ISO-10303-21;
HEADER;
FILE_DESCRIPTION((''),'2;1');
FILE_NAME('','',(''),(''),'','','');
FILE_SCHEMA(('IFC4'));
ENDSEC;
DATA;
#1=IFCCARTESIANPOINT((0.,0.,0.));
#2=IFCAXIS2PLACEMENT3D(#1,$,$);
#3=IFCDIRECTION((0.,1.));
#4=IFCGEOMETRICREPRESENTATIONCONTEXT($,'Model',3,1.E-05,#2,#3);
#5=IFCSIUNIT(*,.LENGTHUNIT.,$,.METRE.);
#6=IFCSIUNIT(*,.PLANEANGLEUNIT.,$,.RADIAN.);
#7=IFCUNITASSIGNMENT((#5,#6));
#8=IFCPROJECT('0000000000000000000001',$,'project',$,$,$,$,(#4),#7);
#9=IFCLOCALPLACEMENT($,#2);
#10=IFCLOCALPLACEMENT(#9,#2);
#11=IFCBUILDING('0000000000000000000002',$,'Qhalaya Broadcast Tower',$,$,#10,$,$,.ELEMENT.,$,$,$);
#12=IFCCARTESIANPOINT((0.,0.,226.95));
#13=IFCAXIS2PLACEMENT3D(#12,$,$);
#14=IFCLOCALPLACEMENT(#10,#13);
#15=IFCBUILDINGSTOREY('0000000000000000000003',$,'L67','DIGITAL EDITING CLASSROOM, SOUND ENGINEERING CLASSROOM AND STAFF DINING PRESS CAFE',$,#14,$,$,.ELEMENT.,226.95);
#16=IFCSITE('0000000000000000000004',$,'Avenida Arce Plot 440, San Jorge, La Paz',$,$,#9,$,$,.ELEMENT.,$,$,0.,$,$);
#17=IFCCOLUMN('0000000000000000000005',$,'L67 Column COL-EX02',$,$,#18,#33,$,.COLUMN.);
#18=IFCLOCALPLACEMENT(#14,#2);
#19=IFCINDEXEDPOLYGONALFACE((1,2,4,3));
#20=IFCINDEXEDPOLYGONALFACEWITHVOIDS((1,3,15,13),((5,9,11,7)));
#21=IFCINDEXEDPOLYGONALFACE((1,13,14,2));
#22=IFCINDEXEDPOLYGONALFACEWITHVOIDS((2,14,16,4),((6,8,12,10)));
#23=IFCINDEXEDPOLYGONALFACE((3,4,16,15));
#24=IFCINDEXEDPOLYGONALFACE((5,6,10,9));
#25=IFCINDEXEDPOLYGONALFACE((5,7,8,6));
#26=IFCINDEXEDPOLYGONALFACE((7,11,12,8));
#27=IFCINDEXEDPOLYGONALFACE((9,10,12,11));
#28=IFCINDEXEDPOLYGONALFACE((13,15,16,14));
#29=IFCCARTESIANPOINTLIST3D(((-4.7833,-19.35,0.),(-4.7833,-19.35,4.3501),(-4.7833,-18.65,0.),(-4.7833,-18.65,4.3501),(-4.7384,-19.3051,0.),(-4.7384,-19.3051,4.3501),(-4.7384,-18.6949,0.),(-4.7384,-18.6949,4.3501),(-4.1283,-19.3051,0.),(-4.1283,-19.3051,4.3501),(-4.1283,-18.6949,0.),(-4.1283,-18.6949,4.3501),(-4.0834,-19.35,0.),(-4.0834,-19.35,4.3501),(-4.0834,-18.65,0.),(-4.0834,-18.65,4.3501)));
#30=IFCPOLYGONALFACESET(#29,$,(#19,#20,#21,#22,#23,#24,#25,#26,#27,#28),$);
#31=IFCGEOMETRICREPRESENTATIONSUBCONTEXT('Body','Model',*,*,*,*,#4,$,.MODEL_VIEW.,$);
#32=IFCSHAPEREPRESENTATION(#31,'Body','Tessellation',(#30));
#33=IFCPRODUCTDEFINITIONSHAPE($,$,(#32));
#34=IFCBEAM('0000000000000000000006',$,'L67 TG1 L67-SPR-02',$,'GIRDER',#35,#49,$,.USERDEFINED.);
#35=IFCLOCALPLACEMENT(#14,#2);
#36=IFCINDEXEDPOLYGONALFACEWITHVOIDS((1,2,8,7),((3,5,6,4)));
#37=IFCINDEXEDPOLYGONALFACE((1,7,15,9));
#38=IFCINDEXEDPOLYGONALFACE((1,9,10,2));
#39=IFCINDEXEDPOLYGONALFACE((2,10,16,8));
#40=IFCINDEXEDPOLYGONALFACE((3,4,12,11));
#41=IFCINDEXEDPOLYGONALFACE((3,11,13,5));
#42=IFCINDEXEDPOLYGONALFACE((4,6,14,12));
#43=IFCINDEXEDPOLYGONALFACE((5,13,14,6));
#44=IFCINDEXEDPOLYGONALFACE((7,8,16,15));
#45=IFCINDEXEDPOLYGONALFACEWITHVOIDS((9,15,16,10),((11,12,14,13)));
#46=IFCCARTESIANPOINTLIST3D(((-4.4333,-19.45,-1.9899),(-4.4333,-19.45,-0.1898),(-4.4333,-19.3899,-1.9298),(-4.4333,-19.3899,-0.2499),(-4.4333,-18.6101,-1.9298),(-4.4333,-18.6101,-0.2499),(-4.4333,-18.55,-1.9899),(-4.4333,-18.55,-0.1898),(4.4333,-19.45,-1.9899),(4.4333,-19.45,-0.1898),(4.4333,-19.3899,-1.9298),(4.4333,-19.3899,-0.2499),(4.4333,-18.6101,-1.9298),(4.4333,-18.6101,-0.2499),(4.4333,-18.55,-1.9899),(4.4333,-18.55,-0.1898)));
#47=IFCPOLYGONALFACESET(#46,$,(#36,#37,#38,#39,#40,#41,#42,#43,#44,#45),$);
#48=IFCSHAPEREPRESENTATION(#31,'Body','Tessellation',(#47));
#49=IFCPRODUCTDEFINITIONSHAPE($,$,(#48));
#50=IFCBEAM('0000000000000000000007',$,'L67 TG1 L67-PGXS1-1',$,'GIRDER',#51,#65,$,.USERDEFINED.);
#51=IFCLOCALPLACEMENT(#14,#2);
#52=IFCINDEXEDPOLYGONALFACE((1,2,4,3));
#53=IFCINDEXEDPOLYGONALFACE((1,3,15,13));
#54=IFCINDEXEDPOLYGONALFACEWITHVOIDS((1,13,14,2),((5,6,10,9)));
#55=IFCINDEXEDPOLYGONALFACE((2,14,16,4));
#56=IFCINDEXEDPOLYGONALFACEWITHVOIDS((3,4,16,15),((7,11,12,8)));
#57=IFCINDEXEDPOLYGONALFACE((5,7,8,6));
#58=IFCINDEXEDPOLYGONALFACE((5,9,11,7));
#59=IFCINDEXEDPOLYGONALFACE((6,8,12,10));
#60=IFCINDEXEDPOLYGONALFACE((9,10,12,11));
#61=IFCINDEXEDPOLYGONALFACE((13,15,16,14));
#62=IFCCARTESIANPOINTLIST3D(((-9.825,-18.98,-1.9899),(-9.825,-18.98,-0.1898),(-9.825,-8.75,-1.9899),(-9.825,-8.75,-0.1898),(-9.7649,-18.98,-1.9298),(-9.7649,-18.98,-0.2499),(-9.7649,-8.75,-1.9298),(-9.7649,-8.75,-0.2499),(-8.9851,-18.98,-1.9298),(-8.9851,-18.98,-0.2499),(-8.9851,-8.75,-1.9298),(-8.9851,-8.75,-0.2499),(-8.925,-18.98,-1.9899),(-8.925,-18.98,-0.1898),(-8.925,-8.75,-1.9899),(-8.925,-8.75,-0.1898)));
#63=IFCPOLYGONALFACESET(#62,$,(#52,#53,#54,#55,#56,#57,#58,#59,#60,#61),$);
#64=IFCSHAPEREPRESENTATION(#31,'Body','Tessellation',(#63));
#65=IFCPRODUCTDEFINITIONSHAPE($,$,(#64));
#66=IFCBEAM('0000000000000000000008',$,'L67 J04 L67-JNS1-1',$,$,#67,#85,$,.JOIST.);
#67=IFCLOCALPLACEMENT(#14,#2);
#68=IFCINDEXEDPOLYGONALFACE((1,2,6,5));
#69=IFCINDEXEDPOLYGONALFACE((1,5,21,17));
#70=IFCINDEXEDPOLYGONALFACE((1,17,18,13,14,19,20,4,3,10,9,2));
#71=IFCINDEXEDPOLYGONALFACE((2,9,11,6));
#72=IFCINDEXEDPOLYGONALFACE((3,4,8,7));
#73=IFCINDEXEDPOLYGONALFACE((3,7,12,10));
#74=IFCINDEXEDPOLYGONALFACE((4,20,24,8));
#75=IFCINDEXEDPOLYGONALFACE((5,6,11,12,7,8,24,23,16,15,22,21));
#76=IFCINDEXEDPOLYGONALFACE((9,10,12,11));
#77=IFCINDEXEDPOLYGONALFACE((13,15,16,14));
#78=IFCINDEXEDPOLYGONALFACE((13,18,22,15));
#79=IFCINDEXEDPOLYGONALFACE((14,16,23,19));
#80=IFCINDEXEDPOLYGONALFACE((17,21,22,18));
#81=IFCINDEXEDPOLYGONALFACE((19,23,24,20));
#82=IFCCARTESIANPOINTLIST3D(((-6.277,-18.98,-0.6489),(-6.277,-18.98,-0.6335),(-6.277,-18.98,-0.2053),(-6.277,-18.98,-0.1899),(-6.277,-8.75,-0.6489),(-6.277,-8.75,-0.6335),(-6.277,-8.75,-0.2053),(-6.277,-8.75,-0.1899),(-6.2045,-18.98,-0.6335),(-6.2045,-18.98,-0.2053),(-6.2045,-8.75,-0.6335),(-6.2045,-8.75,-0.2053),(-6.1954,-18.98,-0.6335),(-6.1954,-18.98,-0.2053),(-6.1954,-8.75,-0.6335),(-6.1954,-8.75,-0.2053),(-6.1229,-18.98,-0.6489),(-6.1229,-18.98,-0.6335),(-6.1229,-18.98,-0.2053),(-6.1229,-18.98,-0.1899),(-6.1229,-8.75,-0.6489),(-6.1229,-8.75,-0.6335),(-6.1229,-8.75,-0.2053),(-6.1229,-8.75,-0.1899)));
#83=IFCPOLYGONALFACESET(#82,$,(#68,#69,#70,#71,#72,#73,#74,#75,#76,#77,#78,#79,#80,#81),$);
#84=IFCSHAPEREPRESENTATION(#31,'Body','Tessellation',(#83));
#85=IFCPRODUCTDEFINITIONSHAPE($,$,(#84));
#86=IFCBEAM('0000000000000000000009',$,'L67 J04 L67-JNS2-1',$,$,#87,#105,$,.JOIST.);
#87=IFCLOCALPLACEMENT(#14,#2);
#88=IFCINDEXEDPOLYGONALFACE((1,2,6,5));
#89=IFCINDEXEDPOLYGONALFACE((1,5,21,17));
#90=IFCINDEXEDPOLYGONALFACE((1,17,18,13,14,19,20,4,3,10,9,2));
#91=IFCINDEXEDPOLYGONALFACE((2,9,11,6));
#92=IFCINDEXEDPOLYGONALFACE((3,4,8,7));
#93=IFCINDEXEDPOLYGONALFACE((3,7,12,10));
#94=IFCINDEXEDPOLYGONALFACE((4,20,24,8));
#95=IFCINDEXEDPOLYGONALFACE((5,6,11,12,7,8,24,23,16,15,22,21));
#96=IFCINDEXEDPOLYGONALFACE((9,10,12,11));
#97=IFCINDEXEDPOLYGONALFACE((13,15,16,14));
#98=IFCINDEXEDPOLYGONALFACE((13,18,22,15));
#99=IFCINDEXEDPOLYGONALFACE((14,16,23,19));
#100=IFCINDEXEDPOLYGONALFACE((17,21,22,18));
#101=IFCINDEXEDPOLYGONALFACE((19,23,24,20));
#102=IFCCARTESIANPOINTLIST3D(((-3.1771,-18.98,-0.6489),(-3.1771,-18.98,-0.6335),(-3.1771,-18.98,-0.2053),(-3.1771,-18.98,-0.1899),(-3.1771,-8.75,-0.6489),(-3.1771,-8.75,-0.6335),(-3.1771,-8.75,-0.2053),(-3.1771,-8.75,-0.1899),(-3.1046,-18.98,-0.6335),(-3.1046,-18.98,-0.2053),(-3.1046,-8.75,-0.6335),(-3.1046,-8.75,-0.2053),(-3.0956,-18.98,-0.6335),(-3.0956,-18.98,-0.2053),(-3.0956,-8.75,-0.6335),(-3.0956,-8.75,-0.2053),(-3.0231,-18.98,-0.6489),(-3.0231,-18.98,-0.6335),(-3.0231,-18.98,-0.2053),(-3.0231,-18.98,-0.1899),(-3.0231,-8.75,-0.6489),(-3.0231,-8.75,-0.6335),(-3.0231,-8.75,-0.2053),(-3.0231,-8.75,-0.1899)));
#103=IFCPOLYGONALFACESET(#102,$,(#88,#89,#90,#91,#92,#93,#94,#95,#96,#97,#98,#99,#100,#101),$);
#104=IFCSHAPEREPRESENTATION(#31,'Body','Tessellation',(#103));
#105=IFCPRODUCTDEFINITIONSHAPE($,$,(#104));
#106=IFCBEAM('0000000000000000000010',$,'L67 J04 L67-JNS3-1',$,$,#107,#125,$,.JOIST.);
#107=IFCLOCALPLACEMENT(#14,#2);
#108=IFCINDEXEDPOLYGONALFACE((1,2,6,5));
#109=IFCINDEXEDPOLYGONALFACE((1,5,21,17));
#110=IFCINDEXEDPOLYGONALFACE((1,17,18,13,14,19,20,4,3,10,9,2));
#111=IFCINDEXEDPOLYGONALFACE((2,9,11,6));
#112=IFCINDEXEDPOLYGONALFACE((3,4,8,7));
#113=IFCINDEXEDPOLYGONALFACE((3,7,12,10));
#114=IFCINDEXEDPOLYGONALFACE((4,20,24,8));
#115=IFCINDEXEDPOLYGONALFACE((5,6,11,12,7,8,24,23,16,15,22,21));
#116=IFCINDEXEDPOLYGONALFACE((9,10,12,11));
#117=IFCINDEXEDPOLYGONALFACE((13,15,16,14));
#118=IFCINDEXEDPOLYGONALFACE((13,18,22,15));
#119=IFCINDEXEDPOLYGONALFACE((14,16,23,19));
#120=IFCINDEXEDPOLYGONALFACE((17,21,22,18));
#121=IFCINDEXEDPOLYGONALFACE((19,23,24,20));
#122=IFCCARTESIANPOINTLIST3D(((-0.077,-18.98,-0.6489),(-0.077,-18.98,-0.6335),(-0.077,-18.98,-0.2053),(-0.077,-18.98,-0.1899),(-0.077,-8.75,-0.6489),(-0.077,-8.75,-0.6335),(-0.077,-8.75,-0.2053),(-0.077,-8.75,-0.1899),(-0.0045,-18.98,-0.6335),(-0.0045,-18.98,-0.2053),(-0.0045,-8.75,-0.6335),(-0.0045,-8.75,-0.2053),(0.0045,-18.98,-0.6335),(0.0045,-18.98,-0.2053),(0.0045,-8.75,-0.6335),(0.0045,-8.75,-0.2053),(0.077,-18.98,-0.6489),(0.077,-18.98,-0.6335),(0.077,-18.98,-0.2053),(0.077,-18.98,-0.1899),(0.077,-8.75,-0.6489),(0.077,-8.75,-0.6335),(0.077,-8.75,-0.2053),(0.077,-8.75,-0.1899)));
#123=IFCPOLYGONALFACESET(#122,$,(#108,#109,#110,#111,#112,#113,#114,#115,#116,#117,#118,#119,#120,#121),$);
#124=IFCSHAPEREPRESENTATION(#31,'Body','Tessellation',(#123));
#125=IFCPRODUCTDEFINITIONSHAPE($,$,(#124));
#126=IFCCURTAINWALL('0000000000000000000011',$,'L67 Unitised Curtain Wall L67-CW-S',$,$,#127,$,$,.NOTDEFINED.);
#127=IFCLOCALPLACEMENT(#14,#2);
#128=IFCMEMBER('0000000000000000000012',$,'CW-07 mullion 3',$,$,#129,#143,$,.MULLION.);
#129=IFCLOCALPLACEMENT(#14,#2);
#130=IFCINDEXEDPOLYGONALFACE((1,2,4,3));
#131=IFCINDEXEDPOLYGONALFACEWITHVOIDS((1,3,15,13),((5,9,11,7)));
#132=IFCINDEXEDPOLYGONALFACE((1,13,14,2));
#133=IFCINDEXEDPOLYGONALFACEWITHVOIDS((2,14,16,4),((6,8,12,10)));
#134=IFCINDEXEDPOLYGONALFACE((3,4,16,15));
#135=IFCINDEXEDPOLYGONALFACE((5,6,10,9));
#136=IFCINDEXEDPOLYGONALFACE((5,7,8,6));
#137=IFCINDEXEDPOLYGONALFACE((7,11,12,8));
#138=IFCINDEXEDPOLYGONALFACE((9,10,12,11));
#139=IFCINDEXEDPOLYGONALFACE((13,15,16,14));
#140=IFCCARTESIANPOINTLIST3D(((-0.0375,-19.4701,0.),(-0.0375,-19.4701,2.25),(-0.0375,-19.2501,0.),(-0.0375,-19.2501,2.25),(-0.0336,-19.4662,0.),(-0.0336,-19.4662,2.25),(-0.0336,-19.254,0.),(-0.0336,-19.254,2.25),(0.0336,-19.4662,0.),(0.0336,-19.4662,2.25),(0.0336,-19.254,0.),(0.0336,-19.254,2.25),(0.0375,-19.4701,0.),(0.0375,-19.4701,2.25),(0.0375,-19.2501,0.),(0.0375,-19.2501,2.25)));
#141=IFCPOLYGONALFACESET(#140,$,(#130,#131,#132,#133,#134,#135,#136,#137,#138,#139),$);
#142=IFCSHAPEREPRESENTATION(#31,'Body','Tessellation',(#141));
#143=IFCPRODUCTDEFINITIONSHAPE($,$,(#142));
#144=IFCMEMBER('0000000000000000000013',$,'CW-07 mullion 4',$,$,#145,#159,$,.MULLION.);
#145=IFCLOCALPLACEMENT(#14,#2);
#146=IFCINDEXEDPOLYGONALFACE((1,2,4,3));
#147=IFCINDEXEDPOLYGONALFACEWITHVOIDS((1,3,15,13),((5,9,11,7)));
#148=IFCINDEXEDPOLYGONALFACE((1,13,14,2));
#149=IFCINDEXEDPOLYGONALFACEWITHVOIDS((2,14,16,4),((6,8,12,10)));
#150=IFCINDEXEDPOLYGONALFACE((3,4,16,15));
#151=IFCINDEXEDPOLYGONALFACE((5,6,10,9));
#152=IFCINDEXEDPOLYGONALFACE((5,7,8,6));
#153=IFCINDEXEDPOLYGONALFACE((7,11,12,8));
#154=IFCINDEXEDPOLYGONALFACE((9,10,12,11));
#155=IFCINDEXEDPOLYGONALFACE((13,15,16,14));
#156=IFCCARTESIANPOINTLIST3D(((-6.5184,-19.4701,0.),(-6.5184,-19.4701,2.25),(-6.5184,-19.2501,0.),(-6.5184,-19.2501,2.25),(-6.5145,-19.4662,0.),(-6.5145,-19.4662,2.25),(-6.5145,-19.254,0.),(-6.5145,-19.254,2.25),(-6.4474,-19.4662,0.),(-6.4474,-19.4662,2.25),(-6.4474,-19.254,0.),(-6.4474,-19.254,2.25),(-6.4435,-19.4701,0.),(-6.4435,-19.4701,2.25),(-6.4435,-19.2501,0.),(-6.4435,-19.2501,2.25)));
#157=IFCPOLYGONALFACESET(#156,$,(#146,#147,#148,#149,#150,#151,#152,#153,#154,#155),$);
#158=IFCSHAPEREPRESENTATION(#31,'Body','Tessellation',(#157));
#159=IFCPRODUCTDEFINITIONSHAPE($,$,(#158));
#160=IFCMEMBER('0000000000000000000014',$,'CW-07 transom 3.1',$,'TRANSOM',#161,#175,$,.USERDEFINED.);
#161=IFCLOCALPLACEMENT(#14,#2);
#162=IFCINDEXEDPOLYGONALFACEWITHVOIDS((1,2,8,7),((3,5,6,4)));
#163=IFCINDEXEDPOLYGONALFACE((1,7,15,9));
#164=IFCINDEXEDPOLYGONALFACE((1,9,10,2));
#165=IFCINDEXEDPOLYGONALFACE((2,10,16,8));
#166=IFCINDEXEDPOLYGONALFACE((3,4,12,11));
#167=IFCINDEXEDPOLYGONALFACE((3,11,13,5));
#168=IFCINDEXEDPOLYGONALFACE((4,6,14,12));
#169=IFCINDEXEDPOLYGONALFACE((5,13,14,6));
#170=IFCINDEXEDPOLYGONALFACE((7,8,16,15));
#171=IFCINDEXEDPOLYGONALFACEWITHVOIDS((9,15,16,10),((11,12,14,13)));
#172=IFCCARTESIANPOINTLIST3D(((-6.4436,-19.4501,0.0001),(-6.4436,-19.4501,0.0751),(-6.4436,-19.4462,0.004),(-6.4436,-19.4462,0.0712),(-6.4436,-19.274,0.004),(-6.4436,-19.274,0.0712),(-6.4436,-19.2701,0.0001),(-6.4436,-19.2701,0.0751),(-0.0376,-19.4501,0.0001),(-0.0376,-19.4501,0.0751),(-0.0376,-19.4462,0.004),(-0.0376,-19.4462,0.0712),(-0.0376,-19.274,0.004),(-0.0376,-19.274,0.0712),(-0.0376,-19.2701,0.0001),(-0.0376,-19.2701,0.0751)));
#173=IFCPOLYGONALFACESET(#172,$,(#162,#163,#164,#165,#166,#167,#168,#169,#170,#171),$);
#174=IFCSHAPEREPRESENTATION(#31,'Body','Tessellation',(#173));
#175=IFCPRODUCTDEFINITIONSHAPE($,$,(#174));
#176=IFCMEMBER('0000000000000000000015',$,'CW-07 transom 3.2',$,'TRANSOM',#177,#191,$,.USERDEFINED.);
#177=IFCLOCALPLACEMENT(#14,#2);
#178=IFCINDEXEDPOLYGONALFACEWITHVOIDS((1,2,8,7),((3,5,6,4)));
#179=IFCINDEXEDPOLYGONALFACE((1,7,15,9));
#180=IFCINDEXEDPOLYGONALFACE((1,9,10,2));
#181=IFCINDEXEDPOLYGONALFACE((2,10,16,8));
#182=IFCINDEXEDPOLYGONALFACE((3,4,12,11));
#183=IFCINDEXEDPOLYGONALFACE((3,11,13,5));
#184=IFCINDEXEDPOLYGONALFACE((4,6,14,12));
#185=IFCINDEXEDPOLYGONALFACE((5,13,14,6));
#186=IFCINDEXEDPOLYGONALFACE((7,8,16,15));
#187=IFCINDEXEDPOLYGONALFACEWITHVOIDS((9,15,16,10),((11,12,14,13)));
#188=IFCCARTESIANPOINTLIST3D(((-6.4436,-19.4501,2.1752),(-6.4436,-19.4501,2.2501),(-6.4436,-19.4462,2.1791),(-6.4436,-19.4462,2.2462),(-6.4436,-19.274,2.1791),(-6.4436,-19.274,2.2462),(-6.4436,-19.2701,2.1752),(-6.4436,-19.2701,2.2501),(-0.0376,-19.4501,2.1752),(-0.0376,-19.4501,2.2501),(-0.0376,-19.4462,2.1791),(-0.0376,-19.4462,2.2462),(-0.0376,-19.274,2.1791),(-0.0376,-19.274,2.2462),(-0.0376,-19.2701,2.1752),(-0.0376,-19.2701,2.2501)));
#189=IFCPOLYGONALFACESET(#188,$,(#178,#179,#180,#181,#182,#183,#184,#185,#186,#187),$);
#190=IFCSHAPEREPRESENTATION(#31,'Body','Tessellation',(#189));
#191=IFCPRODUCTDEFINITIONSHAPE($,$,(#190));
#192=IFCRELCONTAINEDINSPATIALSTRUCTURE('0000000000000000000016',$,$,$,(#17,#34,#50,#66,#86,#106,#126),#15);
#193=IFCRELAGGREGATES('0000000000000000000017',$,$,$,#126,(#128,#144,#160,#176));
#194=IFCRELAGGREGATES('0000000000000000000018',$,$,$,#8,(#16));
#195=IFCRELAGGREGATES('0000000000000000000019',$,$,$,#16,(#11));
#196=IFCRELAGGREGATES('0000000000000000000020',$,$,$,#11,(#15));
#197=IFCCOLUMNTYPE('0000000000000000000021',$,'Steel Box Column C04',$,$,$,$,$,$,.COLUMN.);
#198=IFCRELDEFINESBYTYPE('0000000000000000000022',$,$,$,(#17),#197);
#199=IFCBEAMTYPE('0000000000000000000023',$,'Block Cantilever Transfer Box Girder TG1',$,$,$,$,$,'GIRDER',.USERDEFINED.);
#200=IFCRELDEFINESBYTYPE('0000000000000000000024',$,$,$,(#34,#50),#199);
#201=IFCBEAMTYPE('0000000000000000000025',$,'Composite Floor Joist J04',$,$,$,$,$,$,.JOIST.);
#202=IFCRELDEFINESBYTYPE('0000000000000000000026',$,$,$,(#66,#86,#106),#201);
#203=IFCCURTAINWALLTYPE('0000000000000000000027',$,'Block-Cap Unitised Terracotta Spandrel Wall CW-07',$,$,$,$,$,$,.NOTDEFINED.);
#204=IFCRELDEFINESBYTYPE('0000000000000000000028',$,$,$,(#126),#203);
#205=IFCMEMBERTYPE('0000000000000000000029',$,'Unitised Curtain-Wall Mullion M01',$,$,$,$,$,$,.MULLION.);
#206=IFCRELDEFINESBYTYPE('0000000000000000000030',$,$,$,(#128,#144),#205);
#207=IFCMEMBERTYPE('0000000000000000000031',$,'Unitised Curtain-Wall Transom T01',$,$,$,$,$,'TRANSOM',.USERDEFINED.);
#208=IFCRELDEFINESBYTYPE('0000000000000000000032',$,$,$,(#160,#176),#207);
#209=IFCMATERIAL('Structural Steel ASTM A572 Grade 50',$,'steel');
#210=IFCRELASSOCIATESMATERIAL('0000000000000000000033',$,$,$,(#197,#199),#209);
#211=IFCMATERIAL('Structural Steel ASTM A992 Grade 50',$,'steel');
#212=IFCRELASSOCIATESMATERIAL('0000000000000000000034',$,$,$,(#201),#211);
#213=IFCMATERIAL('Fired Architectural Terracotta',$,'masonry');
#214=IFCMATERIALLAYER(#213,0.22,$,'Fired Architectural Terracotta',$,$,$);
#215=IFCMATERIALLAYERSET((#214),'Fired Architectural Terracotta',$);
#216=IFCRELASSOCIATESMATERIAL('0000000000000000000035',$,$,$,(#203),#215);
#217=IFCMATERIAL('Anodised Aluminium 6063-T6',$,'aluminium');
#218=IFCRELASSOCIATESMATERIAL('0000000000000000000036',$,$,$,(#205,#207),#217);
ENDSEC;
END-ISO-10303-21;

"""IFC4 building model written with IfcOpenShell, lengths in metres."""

from ifc_helpers import new_model, si_unit, direction, frame, origin, origin_2d, place, context, subcontext, project, spatial, hollow_rectangle, i_section, extrude, material, layer, layer_set, material_profile, profile_set, type_object, element, aggregate, save


model = new_model("IFC4")

# Units and contexts
model_context = context("Model", 3, precision=1e-05, world=origin(), true_north=direction((0.0, 1.0)))
body_context = subcontext(model_context, "Body", "Model", "MODEL_VIEW")
ifc_project = project(units=[si_unit("LENGTHUNIT", "METRE"), si_unit("PLANEANGLEUNIT", "RADIAN")], contexts=[model_context])

# Site, building, storey
site_placement = place(None, origin())
site = spatial("IfcSite", under=ifc_project, at=site_placement, Name="Avenida Arce Plot 440, San Jorge, La Paz", CompositionType="ELEMENT", RefElevation=0.0)
building_placement = place(site_placement, origin())
building = spatial("IfcBuilding", under=site, at=building_placement, Name="Qhalaya Broadcast Tower", CompositionType="ELEMENT")
storey_placement = place(building_placement, frame((0.0, 0.0, 226.95)))
storey = spatial("IfcBuildingStorey", under=building, at=storey_placement, Name="L67", Description="DIGITAL EDITING CLASSROOM, SOUND ENGINEERING CLASSROOM AND STAFF DINING PRESS CAFE", CompositionType="ELEMENT", Elevation=226.95)

# Column
ifc_material_1 = material(Name="Structural Steel ASTM A572 Grade 50", Category="steel")
ifc_material_profile_1 = material_profile(ifc_material_1, hollow_rectangle(XDim=0.7, YDim=0.7, WallThickness=0.0449, at=origin_2d()), Name="BOX 700x700x45")
ifc_profile_set_1 = profile_set([ifc_material_profile_1], Name="Structural Steel ASTM A572 Grade 50")
column_type = type_object("IfcColumnType", Name="Steel Box Column C04", PredefinedType="COLUMN", material=ifc_profile_set_1)
column_placement = place(storey_placement, frame((-4.4333, -19.0, 0.0), z_axis=(0.0, 0.0, 1.0), x_axis=(1.0, 0.0, 0.0)))
element("IfcColumn", 1, at=column_placement, inside=storey, type_object=column_type, Name="L67 Column COL-EX02", PredefinedType="COLUMN", context=body_context, shape_type="SweptSolid", body=[
    extrude(hollow_rectangle(XDim=0.7, YDim=0.7, WallThickness=0.0449, at=origin_2d()), origin(), (0.0, 0.0, 1.0), 4.3501),
])

# Beams
ifc_material_profile_2 = material_profile(ifc_material_1, hollow_rectangle(XDim=0.8999, YDim=1.8, WallThickness=0.0601, at=origin_2d()), Name="BOX 900x1800x60")
ifc_profile_set_2 = profile_set([ifc_material_profile_2], Name="Structural Steel ASTM A572 Grade 50")
beam_type_1 = type_object("IfcBeamType", Name="Block Cantilever Transfer Box Girder TG1", ElementType="GIRDER", PredefinedType="USERDEFINED", material=ifc_profile_set_2)
beam_1_placement = place(storey_placement, frame((-4.4333, -19.0, -1.0898), z_axis=(1.0, 0.0, 0.0), x_axis=(0.0, 1.0, 0.0)))
element("IfcBeam", 2, at=beam_1_placement, inside=storey, type_object=beam_type_1, Name="L67 TG1 L67-SPR-02", ObjectType="GIRDER", PredefinedType="USERDEFINED", context=body_context, shape_type="SweptSolid", body=[
    extrude(hollow_rectangle(XDim=0.8999, YDim=1.8, WallThickness=0.0601, at=origin_2d()), origin(), (0.0, 0.0, 1.0), 8.8667),
])
beam_2_placement = place(storey_placement, frame((-9.375, -18.98, -1.0898), z_axis=(0.0, 1.0, 0.0), x_axis=(-1.0, 0.0, 0.0)))
element("IfcBeam", 3, at=beam_2_placement, inside=storey, type_object=beam_type_1, Name="L67 TG1 L67-PGXS1-1", ObjectType="GIRDER", PredefinedType="USERDEFINED", context=body_context, shape_type="SweptSolid", body=[
    extrude(hollow_rectangle(XDim=0.8999, YDim=1.8, WallThickness=0.0601, at=origin_2d()), origin(), (0.0, 0.0, 1.0), 10.23),
])
ifc_material_2 = material(Name="Structural Steel ASTM A992 Grade 50", Category="steel")
ifc_material_profile_3 = material_profile(ifc_material_2, i_section(OverallWidth=0.1541, OverallDepth=0.459, WebThickness=0.009, FlangeThickness=0.0154, at=origin_2d()), Name="W18X46")
ifc_profile_set_3 = profile_set([ifc_material_profile_3], Name="Structural Steel ASTM A992 Grade 50")
beam_type_2 = type_object("IfcBeamType", Name="Composite Floor Joist J04", PredefinedType="JOIST", material=ifc_profile_set_3)
for number, where, z_axis, x_axis, name in (
    (4, (-6.2, -18.98, -0.4194), (0.0, 1.0, 0.0), (-1.0, 0.0, 0.0), "L67 J04 L67-JNS1-1"),
    (5, (-3.1001, -18.98, -0.4194), (0.0, 1.0, 0.0), (-1.0, 0.0, 0.0), "L67 J04 L67-JNS2-1"),
    (6, (0.0, -18.98, -0.4194), (0.0, 1.0, 0.0), (-1.0, 0.0, 0.0), "L67 J04 L67-JNS3-1"),
):
    element("IfcBeam", number, at=place(storey_placement, frame(where, z_axis=z_axis, x_axis=x_axis)), inside=storey, type_object=beam_type_2, Name=name, PredefinedType="JOIST", context=body_context, shape_type="SweptSolid", body=[
        extrude(i_section(OverallWidth=0.1541, OverallDepth=0.459, WebThickness=0.009, FlangeThickness=0.0154, at=origin_2d()), origin(), (0.0, 0.0, 1.0), 10.23),
    ])

# Curtain wall, members
ifc_material_3 = material(Name="Fired Architectural Terracotta", Category="masonry")
ifc_layer_1 = layer(ifc_material_3, 0.22, Name="Fired Architectural Terracotta")
ifc_layer_set_1 = layer_set([ifc_layer_1], Name="Fired Architectural Terracotta")
curtain_wall_type = type_object("IfcCurtainWallType", Name="Block-Cap Unitised Terracotta Spandrel Wall CW-07", PredefinedType="NOTDEFINED", material=ifc_layer_set_1)
curtain_wall_placement = place(storey_placement, origin())
curtain_wall = element("IfcCurtainWall", 7, at=curtain_wall_placement, inside=storey, type_object=curtain_wall_type, Name="L67 Unitised Curtain Wall L67-CW-S", PredefinedType="NOTDEFINED")
ifc_material_4 = material(Name="Anodised Aluminium 6063-T6", Category="aluminium")
ifc_material_profile_4 = material_profile(ifc_material_4, hollow_rectangle(XDim=0.075, YDim=0.22, WallThickness=0.0039, at=origin_2d()), Name="ALU-MUL 75x220x4")
ifc_profile_set_4 = profile_set([ifc_material_profile_4], Name="Anodised Aluminium 6063-T6")
member_type_1 = type_object("IfcMemberType", Name="Unitised Curtain-Wall Mullion M01", PredefinedType="MULLION", material=ifc_profile_set_4)
member_1_placement = place(storey_placement, frame((0.0, -19.3601, 0.0), z_axis=(0.0, 0.0, 1.0), x_axis=(-1.0, 0.0, 0.0)))
member_1 = element("IfcMember", 8, at=member_1_placement, type_object=member_type_1, Name="CW-07 mullion 3", PredefinedType="MULLION", context=body_context, shape_type="SweptSolid", body=[
    extrude(hollow_rectangle(XDim=0.075, YDim=0.22, WallThickness=0.0039, at=origin_2d()), origin(), (0.0, 0.0, 1.0), 2.25),
])
member_2_placement = place(storey_placement, frame((-6.481, -19.3601, 0.0), z_axis=(0.0, 0.0, 1.0), x_axis=(-1.0, 0.0, 0.0)))
member_2 = element("IfcMember", 9, at=member_2_placement, type_object=member_type_1, Name="CW-07 mullion 4", PredefinedType="MULLION", context=body_context, shape_type="SweptSolid", body=[
    extrude(hollow_rectangle(XDim=0.075, YDim=0.22, WallThickness=0.0039, at=origin_2d()), origin(), (0.0, 0.0, 1.0), 2.25),
])
ifc_material_profile_5 = material_profile(ifc_material_4, hollow_rectangle(XDim=0.075, YDim=0.1799, WallThickness=0.0039, at=origin_2d()), Name="ALU-TRN 75x180x4")
ifc_profile_set_5 = profile_set([ifc_material_profile_5], Name="Anodised Aluminium 6063-T6")
member_type_2 = type_object("IfcMemberType", Name="Unitised Curtain-Wall Transom T01", ElementType="TRANSOM", PredefinedType="USERDEFINED", material=ifc_profile_set_5)
member_3_placement = place(storey_placement, frame((-0.0376, -19.3601, 0.0376), z_axis=(-1.0, 0.0, 0.0), x_axis=(0.0, 0.0, 1.0)))
member_3 = element("IfcMember", 10, at=member_3_placement, type_object=member_type_2, Name="CW-07 transom 3.1", ObjectType="TRANSOM", PredefinedType="USERDEFINED", context=body_context, shape_type="SweptSolid", body=[
    extrude(hollow_rectangle(XDim=0.075, YDim=0.1799, WallThickness=0.0039, at=origin_2d()), origin(), (0.0, 0.0, 1.0), 6.406),
])
member_4_placement = place(storey_placement, frame((-0.0376, -19.3601, 2.2126), z_axis=(-1.0, 0.0, 0.0), x_axis=(0.0, 0.0, 1.0)))
member_4 = element("IfcMember", 11, at=member_4_placement, type_object=member_type_2, Name="CW-07 transom 3.2", ObjectType="TRANSOM", PredefinedType="USERDEFINED", context=body_context, shape_type="SweptSolid", body=[
    extrude(hollow_rectangle(XDim=0.075, YDim=0.1799, WallThickness=0.0039, at=origin_2d()), origin(), (0.0, 0.0, 1.0), 6.406),
])

aggregate(curtain_wall, [member_1, member_2, member_3, member_4])

save(model, "model.ifc")
